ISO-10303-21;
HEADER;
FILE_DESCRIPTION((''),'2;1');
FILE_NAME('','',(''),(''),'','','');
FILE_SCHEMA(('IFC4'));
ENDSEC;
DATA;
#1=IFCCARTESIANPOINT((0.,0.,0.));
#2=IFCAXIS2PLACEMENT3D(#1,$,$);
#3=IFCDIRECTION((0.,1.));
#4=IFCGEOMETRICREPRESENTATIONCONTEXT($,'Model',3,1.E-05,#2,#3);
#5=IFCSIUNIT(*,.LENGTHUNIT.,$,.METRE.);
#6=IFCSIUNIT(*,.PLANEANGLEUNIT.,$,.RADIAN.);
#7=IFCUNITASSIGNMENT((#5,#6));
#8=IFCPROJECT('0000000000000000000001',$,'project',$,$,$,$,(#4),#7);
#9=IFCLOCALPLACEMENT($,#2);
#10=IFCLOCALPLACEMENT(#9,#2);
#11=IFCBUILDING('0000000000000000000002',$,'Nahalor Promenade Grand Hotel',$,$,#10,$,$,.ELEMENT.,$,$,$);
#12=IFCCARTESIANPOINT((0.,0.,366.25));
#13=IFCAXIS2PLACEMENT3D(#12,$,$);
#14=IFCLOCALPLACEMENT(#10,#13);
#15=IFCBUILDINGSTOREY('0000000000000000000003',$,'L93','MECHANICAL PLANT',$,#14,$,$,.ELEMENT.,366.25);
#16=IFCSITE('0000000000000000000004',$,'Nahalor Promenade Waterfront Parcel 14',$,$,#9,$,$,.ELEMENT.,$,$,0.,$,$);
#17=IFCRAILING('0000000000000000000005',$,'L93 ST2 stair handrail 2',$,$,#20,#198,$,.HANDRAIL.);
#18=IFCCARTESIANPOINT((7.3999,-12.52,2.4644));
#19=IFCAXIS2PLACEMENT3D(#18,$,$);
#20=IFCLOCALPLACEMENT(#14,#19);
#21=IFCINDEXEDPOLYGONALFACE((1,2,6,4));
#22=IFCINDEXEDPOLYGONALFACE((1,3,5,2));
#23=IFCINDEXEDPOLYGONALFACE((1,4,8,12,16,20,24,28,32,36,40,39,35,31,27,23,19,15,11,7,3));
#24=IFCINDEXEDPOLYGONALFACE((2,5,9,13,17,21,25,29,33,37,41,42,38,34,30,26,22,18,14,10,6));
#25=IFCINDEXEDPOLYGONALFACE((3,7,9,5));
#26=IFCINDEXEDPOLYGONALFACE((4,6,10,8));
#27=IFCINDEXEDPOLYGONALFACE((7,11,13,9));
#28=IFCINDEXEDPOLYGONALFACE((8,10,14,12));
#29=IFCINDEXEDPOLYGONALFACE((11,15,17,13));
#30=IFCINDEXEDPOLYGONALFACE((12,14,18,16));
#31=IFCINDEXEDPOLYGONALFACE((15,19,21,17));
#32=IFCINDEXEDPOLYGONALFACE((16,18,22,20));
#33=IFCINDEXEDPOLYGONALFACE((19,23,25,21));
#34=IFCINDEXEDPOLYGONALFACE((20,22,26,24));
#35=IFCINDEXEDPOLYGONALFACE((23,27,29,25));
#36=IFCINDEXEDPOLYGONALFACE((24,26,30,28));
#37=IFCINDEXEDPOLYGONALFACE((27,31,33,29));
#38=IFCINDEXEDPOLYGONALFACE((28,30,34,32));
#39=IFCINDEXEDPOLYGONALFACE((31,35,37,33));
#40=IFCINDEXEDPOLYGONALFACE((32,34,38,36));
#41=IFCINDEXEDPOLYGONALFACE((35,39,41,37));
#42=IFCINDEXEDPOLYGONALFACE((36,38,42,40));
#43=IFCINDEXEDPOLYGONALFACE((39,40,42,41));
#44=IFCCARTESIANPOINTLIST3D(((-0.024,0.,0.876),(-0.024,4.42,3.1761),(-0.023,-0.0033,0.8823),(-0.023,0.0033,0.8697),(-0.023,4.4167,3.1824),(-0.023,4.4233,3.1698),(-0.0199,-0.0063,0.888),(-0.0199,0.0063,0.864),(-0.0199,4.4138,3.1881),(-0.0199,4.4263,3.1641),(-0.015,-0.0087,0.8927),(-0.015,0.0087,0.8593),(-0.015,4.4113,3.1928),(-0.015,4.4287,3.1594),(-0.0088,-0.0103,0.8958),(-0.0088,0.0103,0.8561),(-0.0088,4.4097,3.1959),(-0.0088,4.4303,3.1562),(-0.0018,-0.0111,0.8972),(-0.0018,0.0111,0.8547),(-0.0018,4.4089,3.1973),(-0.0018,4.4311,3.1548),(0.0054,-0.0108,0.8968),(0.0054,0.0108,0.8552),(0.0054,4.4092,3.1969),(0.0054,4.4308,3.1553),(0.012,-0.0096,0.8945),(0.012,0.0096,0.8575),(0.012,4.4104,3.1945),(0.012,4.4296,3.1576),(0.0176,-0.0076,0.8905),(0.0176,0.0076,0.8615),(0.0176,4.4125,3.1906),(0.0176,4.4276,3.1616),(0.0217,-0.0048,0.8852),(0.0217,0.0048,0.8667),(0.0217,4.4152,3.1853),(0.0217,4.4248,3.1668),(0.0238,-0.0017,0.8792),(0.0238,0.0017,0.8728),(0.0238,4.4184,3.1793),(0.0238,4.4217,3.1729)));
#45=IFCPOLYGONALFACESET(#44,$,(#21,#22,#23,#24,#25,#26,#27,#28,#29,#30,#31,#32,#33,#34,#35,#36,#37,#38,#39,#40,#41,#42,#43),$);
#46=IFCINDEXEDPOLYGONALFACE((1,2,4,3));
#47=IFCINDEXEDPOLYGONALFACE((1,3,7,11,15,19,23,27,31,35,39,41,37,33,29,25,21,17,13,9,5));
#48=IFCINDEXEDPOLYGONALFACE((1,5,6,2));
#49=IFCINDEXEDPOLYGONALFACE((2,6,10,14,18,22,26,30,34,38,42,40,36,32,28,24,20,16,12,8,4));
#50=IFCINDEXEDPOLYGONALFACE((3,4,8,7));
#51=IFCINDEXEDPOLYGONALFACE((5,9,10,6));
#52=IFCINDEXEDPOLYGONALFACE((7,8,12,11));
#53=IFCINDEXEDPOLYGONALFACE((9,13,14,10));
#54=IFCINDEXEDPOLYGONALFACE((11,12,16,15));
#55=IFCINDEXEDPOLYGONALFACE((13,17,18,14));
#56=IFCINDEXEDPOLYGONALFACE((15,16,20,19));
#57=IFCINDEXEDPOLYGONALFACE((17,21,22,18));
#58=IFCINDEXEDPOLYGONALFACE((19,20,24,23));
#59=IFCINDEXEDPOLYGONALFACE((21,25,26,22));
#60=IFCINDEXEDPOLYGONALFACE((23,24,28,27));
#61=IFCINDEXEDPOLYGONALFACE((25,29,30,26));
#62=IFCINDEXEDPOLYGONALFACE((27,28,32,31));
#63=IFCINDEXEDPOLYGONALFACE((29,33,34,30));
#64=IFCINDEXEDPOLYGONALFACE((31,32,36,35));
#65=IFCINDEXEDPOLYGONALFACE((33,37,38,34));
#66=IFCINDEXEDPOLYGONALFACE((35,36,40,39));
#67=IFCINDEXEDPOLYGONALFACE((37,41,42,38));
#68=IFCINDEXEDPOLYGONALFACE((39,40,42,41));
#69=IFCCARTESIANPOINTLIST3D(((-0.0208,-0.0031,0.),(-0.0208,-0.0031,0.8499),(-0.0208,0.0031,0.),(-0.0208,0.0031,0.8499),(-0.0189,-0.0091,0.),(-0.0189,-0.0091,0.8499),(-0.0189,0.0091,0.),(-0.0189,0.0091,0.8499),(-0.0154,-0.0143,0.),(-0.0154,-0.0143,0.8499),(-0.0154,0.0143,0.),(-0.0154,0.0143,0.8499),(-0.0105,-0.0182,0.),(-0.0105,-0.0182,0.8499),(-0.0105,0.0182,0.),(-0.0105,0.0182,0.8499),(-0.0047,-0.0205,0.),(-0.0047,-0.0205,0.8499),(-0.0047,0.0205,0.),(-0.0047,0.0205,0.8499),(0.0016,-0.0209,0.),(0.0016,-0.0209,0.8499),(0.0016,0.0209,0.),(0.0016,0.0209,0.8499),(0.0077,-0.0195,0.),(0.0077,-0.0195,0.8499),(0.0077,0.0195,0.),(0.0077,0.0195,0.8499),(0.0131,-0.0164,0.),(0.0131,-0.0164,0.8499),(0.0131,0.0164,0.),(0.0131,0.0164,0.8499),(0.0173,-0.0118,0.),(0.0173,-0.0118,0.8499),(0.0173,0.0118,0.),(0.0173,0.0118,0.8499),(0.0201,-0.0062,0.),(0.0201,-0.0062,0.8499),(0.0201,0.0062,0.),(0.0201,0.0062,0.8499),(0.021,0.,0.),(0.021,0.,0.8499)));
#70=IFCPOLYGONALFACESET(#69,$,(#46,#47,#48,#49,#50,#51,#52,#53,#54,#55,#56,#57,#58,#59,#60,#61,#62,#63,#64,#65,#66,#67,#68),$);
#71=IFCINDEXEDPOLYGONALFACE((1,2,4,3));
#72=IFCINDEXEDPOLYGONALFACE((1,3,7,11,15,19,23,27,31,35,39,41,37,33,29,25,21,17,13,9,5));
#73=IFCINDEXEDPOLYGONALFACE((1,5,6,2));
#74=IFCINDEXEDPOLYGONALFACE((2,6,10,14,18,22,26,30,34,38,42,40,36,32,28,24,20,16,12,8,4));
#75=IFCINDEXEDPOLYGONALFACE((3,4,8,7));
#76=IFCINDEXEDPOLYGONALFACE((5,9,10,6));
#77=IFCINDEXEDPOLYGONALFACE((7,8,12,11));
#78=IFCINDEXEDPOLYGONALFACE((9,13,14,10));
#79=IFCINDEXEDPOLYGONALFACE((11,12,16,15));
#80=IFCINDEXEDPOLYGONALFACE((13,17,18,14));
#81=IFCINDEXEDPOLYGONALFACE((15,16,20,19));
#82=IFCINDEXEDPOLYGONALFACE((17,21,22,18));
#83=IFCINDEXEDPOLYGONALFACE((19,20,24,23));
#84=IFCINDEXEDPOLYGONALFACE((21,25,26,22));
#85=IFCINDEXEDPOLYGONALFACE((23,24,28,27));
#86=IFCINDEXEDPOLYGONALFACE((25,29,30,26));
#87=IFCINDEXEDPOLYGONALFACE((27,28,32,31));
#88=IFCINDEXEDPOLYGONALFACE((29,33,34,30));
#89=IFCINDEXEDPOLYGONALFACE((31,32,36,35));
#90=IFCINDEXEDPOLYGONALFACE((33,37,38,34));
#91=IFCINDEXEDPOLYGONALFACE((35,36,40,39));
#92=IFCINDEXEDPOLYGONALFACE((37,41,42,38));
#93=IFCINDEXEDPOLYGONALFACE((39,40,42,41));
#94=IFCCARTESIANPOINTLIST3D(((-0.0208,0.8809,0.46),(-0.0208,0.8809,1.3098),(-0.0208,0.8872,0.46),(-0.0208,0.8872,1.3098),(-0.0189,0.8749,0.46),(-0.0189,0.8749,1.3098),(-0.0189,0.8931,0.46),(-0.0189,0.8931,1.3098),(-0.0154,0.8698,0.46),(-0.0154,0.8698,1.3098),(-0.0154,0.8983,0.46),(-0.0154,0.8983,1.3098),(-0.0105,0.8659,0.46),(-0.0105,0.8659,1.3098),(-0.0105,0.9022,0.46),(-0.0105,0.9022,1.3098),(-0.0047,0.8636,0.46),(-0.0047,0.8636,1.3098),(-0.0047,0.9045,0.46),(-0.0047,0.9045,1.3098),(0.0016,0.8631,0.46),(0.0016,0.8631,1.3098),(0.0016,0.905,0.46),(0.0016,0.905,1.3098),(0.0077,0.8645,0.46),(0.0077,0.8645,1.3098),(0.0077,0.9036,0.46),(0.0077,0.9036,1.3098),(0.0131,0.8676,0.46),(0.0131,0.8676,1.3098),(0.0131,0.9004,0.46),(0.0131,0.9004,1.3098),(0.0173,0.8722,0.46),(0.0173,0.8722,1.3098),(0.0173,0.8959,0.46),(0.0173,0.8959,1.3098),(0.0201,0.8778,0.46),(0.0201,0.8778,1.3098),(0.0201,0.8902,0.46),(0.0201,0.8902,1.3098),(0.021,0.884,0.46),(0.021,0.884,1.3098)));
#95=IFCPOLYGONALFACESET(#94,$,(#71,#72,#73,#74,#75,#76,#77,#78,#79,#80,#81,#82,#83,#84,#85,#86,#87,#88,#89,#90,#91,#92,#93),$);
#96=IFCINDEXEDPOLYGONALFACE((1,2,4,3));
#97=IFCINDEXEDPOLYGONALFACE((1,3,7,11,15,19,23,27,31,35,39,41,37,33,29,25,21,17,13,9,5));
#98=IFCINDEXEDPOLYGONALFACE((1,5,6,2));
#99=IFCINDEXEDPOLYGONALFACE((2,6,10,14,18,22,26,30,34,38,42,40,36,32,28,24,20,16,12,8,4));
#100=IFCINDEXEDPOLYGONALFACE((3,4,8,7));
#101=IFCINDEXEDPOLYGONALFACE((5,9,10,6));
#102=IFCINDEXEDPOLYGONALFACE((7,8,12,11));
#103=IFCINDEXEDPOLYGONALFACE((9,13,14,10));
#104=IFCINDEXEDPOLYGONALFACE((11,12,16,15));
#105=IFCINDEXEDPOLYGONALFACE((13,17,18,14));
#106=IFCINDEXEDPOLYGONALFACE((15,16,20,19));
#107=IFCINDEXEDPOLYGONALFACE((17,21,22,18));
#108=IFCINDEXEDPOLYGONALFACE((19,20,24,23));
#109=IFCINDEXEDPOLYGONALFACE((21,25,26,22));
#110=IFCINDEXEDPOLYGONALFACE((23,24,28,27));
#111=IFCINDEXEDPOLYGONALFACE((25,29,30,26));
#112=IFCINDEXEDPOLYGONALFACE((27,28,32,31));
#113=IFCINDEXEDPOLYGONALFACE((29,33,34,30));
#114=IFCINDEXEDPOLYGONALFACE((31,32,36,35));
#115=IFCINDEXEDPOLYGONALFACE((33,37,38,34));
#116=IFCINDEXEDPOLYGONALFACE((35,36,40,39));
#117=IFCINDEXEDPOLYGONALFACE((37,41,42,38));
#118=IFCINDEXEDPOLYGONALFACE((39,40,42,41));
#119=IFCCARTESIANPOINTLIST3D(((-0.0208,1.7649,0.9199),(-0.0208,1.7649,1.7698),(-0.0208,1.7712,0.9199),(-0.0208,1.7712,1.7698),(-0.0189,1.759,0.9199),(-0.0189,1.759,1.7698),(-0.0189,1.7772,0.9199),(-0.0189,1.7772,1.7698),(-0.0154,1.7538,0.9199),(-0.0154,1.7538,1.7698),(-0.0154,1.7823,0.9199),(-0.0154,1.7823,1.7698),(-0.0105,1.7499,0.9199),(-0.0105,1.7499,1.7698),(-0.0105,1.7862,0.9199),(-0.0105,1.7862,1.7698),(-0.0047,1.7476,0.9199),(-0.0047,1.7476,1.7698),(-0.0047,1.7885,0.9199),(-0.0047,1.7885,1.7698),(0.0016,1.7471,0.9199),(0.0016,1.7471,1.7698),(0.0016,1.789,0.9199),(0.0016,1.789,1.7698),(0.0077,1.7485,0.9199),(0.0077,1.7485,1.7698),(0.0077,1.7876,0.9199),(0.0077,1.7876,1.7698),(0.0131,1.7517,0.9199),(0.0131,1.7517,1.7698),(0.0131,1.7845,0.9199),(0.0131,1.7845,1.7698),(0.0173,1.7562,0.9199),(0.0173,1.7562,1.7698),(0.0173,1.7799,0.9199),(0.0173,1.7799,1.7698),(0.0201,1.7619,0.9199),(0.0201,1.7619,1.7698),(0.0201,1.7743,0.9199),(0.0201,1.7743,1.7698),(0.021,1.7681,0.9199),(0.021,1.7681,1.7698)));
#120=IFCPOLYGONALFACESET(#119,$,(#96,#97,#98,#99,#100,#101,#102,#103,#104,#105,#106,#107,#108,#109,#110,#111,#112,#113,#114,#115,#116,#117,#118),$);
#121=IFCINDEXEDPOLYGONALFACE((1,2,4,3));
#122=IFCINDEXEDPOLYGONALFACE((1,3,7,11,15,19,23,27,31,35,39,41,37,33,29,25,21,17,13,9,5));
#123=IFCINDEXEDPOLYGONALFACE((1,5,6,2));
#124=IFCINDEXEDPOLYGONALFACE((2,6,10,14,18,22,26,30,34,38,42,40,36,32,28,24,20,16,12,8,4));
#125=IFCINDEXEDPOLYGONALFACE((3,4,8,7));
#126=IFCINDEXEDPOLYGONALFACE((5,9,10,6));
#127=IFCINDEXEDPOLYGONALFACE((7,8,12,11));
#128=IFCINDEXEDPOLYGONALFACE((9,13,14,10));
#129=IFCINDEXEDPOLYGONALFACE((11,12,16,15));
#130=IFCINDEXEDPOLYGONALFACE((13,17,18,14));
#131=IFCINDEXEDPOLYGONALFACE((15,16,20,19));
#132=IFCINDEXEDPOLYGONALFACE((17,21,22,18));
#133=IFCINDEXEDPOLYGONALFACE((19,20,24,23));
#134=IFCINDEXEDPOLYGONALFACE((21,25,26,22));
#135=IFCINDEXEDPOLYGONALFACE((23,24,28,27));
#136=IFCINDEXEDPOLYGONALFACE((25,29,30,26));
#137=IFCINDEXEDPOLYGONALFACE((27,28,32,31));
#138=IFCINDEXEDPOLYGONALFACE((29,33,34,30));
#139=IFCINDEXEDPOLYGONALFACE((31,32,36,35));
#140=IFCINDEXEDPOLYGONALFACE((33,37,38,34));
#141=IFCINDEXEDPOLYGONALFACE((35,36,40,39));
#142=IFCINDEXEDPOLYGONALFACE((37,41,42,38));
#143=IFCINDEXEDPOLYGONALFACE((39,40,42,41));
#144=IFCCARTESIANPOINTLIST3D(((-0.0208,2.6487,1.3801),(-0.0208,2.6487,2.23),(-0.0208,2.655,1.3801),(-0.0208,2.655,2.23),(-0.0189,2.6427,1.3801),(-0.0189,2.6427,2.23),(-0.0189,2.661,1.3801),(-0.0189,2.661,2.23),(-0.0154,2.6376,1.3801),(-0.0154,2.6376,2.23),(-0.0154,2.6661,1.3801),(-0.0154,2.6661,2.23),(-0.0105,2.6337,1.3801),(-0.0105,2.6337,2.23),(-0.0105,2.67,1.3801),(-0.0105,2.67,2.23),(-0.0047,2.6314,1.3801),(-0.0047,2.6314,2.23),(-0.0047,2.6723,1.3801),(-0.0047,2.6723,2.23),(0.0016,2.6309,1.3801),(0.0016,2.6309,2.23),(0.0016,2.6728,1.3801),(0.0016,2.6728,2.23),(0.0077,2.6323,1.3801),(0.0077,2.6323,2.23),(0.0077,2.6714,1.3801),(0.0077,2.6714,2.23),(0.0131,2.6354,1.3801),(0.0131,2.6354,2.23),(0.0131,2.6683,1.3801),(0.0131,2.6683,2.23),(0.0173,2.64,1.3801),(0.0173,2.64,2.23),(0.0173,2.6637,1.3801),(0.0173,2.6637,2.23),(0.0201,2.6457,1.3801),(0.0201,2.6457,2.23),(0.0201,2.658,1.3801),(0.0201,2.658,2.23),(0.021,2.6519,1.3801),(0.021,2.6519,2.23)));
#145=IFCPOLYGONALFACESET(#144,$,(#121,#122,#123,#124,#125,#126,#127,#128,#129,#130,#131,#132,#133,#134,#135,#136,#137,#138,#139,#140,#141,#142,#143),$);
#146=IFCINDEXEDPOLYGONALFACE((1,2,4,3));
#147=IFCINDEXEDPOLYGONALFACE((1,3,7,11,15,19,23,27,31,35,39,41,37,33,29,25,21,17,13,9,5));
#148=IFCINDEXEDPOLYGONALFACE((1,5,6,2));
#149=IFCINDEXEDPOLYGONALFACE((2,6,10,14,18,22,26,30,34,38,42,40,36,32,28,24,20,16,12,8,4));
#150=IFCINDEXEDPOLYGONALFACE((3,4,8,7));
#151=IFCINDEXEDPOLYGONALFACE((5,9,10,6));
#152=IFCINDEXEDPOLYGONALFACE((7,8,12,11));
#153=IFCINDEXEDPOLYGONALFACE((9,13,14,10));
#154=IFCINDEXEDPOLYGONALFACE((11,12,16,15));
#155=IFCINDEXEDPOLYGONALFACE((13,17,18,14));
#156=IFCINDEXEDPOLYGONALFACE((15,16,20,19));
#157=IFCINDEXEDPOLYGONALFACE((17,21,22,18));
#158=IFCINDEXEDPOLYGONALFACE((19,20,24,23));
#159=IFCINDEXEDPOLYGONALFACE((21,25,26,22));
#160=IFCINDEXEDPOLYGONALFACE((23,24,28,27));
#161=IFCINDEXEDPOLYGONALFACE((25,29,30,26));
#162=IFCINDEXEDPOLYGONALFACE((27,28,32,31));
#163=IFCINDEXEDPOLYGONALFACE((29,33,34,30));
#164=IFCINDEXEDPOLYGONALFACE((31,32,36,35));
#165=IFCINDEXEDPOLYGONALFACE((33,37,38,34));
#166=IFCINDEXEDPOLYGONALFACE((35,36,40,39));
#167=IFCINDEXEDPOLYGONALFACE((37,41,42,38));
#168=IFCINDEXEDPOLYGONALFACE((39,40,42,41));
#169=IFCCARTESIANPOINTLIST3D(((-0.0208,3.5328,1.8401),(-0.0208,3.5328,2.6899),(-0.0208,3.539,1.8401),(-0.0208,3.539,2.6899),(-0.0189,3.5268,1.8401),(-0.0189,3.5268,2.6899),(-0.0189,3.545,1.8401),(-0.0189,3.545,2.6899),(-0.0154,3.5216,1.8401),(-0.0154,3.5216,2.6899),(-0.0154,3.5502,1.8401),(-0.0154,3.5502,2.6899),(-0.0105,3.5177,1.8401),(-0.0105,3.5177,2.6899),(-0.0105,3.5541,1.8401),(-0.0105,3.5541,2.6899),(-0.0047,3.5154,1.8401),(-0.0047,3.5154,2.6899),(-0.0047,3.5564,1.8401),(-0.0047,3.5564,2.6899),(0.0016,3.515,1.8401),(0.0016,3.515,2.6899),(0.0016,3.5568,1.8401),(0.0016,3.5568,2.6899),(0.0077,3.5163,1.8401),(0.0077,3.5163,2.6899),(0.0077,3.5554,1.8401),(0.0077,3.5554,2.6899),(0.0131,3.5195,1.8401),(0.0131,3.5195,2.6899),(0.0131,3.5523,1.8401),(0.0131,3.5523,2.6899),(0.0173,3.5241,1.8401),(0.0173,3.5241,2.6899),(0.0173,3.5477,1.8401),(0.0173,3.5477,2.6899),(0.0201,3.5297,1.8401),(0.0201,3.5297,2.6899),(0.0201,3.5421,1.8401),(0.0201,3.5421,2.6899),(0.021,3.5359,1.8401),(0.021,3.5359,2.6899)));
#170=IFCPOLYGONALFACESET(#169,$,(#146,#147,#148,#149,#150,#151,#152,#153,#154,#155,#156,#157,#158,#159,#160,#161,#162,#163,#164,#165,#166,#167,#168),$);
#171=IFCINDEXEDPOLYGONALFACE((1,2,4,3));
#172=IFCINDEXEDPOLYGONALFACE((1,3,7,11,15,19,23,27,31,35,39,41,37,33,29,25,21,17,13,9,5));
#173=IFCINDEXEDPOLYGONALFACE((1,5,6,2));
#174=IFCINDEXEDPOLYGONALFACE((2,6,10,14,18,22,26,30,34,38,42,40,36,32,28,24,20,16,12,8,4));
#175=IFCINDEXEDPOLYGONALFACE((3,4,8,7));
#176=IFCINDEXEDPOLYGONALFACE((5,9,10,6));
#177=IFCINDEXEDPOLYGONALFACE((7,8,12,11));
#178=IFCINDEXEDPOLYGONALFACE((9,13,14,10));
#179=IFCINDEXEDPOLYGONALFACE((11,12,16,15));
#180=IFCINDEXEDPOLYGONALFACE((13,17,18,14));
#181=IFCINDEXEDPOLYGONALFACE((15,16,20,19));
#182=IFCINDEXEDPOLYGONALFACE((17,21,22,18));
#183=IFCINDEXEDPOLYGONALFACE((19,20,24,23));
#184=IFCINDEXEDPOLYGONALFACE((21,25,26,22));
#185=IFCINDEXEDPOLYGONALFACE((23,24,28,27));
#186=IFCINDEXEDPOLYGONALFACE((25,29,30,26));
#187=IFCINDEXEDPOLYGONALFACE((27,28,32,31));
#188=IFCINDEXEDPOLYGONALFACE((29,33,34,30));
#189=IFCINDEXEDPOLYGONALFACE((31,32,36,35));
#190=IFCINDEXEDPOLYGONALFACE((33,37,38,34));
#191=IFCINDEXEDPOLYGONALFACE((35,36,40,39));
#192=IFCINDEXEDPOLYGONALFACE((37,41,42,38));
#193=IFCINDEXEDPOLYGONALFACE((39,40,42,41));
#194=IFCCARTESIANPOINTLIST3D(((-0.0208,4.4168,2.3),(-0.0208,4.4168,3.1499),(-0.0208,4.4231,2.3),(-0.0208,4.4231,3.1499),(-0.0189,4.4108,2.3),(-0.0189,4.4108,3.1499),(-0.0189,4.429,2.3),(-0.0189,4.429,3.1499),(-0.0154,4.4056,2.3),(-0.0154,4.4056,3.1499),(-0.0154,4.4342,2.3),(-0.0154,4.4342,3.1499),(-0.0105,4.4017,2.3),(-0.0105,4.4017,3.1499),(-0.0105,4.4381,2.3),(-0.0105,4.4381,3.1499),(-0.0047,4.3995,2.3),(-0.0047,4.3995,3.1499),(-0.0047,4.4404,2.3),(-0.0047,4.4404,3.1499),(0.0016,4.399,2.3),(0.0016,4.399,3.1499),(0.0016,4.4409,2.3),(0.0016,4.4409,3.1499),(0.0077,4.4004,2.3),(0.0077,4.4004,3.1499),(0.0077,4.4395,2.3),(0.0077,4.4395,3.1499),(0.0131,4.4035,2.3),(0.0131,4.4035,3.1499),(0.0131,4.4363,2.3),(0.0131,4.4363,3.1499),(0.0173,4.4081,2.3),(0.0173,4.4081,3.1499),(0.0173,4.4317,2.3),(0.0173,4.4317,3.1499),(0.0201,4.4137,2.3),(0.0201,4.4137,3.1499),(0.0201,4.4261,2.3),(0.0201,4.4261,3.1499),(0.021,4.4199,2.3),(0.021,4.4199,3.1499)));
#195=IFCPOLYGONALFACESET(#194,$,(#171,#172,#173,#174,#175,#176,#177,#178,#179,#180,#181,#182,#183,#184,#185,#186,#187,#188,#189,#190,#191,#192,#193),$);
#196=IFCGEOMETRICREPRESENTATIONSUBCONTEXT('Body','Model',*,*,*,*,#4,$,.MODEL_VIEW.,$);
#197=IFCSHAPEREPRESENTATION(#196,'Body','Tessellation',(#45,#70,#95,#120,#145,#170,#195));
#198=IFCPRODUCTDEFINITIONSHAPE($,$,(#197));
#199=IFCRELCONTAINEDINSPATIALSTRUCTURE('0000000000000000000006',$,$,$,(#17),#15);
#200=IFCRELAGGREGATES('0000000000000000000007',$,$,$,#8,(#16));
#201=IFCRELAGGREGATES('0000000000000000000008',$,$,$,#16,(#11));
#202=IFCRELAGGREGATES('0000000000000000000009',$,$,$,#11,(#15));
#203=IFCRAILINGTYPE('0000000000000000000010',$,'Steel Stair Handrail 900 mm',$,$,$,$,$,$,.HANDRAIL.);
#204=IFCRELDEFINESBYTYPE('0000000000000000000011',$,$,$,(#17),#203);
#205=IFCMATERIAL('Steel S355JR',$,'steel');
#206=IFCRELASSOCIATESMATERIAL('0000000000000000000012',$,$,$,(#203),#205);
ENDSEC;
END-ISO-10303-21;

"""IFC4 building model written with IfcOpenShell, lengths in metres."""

from ifc_helpers import new_model, si_unit, direction, frame, origin, origin_2d, place, context, subcontext, project, spatial, circle, extrude, material, type_object, element, save


model = new_model("IFC4")

# Units and contexts
model_context = context("Model", 3, precision=1e-05, world=origin(), true_north=direction((0.0, 1.0)))
body_context = subcontext(model_context, "Body", "Model", "MODEL_VIEW")
ifc_project = project(units=[si_unit("LENGTHUNIT", "METRE"), si_unit("PLANEANGLEUNIT", "RADIAN")], contexts=[model_context])

# Site, building, storey
site_placement = place(None, origin())
site = spatial("IfcSite", under=ifc_project, at=site_placement, Name="Nahalor Promenade Waterfront Parcel 14", CompositionType="ELEMENT", RefElevation=0.0)
building_placement = place(site_placement, origin())
building = spatial("IfcBuilding", under=site, at=building_placement, Name="Nahalor Promenade Grand Hotel", CompositionType="ELEMENT")
storey_placement = place(building_placement, frame((0.0, 0.0, 366.25)))
storey = spatial("IfcBuildingStorey", under=building, at=storey_placement, Name="L93", Description="MECHANICAL PLANT", CompositionType="ELEMENT", Elevation=366.25)

# Shared definitions
ifc_material_1 = material(Name="Steel S355JR", Category="steel")

# Railing
railing_type_1 = type_object("IfcRailingType", Name="Steel Stair Handrail 900 mm", PredefinedType="HANDRAIL", material=ifc_material_1)
railing_1_placement = place(storey_placement, frame((7.3999, -12.52, 2.4644)))
element("IfcRailing", 1, at=railing_1_placement, inside=storey, type_object=railing_type_1, Name="L93 ST2 stair handrail 2", PredefinedType="HANDRAIL", context=body_context, shape_type="SweptSolid", body=[
    extrude(circle(Radius=0.024, at=origin_2d()), frame((0.0, 0.0, 0.876), z_axis=(0.0, 0.887078, 0.46162), x_axis=(-1.0, 0.0, 0.0)), (0.0, 0.0, 1.0), 4.9827),
    extrude(circle(Radius=0.021, at=origin_2d()), origin(), (0.0, 0.0, 1.0), 0.8499),
    extrude(circle(Radius=0.021, at=origin_2d()), frame((0.0, 0.884, 0.46)), (0.0, 0.0, 1.0), 0.8499),
    extrude(circle(Radius=0.021, at=origin_2d()), frame((0.0, 1.7681, 0.9199)), (0.0, 0.0, 1.0), 0.8499),
    extrude(circle(Radius=0.021, at=origin_2d()), frame((0.0, 2.6519, 1.3801)), (0.0, 0.0, 1.0), 0.8499),
    extrude(circle(Radius=0.021, at=origin_2d()), frame((0.0, 3.5359, 1.8401)), (0.0, 0.0, 1.0), 0.8499),
    extrude(circle(Radius=0.021, at=origin_2d()), frame((0.0, 4.4199, 2.3)), (0.0, 0.0, 1.0), 0.8499),
])

save(model, "model.ifc")
